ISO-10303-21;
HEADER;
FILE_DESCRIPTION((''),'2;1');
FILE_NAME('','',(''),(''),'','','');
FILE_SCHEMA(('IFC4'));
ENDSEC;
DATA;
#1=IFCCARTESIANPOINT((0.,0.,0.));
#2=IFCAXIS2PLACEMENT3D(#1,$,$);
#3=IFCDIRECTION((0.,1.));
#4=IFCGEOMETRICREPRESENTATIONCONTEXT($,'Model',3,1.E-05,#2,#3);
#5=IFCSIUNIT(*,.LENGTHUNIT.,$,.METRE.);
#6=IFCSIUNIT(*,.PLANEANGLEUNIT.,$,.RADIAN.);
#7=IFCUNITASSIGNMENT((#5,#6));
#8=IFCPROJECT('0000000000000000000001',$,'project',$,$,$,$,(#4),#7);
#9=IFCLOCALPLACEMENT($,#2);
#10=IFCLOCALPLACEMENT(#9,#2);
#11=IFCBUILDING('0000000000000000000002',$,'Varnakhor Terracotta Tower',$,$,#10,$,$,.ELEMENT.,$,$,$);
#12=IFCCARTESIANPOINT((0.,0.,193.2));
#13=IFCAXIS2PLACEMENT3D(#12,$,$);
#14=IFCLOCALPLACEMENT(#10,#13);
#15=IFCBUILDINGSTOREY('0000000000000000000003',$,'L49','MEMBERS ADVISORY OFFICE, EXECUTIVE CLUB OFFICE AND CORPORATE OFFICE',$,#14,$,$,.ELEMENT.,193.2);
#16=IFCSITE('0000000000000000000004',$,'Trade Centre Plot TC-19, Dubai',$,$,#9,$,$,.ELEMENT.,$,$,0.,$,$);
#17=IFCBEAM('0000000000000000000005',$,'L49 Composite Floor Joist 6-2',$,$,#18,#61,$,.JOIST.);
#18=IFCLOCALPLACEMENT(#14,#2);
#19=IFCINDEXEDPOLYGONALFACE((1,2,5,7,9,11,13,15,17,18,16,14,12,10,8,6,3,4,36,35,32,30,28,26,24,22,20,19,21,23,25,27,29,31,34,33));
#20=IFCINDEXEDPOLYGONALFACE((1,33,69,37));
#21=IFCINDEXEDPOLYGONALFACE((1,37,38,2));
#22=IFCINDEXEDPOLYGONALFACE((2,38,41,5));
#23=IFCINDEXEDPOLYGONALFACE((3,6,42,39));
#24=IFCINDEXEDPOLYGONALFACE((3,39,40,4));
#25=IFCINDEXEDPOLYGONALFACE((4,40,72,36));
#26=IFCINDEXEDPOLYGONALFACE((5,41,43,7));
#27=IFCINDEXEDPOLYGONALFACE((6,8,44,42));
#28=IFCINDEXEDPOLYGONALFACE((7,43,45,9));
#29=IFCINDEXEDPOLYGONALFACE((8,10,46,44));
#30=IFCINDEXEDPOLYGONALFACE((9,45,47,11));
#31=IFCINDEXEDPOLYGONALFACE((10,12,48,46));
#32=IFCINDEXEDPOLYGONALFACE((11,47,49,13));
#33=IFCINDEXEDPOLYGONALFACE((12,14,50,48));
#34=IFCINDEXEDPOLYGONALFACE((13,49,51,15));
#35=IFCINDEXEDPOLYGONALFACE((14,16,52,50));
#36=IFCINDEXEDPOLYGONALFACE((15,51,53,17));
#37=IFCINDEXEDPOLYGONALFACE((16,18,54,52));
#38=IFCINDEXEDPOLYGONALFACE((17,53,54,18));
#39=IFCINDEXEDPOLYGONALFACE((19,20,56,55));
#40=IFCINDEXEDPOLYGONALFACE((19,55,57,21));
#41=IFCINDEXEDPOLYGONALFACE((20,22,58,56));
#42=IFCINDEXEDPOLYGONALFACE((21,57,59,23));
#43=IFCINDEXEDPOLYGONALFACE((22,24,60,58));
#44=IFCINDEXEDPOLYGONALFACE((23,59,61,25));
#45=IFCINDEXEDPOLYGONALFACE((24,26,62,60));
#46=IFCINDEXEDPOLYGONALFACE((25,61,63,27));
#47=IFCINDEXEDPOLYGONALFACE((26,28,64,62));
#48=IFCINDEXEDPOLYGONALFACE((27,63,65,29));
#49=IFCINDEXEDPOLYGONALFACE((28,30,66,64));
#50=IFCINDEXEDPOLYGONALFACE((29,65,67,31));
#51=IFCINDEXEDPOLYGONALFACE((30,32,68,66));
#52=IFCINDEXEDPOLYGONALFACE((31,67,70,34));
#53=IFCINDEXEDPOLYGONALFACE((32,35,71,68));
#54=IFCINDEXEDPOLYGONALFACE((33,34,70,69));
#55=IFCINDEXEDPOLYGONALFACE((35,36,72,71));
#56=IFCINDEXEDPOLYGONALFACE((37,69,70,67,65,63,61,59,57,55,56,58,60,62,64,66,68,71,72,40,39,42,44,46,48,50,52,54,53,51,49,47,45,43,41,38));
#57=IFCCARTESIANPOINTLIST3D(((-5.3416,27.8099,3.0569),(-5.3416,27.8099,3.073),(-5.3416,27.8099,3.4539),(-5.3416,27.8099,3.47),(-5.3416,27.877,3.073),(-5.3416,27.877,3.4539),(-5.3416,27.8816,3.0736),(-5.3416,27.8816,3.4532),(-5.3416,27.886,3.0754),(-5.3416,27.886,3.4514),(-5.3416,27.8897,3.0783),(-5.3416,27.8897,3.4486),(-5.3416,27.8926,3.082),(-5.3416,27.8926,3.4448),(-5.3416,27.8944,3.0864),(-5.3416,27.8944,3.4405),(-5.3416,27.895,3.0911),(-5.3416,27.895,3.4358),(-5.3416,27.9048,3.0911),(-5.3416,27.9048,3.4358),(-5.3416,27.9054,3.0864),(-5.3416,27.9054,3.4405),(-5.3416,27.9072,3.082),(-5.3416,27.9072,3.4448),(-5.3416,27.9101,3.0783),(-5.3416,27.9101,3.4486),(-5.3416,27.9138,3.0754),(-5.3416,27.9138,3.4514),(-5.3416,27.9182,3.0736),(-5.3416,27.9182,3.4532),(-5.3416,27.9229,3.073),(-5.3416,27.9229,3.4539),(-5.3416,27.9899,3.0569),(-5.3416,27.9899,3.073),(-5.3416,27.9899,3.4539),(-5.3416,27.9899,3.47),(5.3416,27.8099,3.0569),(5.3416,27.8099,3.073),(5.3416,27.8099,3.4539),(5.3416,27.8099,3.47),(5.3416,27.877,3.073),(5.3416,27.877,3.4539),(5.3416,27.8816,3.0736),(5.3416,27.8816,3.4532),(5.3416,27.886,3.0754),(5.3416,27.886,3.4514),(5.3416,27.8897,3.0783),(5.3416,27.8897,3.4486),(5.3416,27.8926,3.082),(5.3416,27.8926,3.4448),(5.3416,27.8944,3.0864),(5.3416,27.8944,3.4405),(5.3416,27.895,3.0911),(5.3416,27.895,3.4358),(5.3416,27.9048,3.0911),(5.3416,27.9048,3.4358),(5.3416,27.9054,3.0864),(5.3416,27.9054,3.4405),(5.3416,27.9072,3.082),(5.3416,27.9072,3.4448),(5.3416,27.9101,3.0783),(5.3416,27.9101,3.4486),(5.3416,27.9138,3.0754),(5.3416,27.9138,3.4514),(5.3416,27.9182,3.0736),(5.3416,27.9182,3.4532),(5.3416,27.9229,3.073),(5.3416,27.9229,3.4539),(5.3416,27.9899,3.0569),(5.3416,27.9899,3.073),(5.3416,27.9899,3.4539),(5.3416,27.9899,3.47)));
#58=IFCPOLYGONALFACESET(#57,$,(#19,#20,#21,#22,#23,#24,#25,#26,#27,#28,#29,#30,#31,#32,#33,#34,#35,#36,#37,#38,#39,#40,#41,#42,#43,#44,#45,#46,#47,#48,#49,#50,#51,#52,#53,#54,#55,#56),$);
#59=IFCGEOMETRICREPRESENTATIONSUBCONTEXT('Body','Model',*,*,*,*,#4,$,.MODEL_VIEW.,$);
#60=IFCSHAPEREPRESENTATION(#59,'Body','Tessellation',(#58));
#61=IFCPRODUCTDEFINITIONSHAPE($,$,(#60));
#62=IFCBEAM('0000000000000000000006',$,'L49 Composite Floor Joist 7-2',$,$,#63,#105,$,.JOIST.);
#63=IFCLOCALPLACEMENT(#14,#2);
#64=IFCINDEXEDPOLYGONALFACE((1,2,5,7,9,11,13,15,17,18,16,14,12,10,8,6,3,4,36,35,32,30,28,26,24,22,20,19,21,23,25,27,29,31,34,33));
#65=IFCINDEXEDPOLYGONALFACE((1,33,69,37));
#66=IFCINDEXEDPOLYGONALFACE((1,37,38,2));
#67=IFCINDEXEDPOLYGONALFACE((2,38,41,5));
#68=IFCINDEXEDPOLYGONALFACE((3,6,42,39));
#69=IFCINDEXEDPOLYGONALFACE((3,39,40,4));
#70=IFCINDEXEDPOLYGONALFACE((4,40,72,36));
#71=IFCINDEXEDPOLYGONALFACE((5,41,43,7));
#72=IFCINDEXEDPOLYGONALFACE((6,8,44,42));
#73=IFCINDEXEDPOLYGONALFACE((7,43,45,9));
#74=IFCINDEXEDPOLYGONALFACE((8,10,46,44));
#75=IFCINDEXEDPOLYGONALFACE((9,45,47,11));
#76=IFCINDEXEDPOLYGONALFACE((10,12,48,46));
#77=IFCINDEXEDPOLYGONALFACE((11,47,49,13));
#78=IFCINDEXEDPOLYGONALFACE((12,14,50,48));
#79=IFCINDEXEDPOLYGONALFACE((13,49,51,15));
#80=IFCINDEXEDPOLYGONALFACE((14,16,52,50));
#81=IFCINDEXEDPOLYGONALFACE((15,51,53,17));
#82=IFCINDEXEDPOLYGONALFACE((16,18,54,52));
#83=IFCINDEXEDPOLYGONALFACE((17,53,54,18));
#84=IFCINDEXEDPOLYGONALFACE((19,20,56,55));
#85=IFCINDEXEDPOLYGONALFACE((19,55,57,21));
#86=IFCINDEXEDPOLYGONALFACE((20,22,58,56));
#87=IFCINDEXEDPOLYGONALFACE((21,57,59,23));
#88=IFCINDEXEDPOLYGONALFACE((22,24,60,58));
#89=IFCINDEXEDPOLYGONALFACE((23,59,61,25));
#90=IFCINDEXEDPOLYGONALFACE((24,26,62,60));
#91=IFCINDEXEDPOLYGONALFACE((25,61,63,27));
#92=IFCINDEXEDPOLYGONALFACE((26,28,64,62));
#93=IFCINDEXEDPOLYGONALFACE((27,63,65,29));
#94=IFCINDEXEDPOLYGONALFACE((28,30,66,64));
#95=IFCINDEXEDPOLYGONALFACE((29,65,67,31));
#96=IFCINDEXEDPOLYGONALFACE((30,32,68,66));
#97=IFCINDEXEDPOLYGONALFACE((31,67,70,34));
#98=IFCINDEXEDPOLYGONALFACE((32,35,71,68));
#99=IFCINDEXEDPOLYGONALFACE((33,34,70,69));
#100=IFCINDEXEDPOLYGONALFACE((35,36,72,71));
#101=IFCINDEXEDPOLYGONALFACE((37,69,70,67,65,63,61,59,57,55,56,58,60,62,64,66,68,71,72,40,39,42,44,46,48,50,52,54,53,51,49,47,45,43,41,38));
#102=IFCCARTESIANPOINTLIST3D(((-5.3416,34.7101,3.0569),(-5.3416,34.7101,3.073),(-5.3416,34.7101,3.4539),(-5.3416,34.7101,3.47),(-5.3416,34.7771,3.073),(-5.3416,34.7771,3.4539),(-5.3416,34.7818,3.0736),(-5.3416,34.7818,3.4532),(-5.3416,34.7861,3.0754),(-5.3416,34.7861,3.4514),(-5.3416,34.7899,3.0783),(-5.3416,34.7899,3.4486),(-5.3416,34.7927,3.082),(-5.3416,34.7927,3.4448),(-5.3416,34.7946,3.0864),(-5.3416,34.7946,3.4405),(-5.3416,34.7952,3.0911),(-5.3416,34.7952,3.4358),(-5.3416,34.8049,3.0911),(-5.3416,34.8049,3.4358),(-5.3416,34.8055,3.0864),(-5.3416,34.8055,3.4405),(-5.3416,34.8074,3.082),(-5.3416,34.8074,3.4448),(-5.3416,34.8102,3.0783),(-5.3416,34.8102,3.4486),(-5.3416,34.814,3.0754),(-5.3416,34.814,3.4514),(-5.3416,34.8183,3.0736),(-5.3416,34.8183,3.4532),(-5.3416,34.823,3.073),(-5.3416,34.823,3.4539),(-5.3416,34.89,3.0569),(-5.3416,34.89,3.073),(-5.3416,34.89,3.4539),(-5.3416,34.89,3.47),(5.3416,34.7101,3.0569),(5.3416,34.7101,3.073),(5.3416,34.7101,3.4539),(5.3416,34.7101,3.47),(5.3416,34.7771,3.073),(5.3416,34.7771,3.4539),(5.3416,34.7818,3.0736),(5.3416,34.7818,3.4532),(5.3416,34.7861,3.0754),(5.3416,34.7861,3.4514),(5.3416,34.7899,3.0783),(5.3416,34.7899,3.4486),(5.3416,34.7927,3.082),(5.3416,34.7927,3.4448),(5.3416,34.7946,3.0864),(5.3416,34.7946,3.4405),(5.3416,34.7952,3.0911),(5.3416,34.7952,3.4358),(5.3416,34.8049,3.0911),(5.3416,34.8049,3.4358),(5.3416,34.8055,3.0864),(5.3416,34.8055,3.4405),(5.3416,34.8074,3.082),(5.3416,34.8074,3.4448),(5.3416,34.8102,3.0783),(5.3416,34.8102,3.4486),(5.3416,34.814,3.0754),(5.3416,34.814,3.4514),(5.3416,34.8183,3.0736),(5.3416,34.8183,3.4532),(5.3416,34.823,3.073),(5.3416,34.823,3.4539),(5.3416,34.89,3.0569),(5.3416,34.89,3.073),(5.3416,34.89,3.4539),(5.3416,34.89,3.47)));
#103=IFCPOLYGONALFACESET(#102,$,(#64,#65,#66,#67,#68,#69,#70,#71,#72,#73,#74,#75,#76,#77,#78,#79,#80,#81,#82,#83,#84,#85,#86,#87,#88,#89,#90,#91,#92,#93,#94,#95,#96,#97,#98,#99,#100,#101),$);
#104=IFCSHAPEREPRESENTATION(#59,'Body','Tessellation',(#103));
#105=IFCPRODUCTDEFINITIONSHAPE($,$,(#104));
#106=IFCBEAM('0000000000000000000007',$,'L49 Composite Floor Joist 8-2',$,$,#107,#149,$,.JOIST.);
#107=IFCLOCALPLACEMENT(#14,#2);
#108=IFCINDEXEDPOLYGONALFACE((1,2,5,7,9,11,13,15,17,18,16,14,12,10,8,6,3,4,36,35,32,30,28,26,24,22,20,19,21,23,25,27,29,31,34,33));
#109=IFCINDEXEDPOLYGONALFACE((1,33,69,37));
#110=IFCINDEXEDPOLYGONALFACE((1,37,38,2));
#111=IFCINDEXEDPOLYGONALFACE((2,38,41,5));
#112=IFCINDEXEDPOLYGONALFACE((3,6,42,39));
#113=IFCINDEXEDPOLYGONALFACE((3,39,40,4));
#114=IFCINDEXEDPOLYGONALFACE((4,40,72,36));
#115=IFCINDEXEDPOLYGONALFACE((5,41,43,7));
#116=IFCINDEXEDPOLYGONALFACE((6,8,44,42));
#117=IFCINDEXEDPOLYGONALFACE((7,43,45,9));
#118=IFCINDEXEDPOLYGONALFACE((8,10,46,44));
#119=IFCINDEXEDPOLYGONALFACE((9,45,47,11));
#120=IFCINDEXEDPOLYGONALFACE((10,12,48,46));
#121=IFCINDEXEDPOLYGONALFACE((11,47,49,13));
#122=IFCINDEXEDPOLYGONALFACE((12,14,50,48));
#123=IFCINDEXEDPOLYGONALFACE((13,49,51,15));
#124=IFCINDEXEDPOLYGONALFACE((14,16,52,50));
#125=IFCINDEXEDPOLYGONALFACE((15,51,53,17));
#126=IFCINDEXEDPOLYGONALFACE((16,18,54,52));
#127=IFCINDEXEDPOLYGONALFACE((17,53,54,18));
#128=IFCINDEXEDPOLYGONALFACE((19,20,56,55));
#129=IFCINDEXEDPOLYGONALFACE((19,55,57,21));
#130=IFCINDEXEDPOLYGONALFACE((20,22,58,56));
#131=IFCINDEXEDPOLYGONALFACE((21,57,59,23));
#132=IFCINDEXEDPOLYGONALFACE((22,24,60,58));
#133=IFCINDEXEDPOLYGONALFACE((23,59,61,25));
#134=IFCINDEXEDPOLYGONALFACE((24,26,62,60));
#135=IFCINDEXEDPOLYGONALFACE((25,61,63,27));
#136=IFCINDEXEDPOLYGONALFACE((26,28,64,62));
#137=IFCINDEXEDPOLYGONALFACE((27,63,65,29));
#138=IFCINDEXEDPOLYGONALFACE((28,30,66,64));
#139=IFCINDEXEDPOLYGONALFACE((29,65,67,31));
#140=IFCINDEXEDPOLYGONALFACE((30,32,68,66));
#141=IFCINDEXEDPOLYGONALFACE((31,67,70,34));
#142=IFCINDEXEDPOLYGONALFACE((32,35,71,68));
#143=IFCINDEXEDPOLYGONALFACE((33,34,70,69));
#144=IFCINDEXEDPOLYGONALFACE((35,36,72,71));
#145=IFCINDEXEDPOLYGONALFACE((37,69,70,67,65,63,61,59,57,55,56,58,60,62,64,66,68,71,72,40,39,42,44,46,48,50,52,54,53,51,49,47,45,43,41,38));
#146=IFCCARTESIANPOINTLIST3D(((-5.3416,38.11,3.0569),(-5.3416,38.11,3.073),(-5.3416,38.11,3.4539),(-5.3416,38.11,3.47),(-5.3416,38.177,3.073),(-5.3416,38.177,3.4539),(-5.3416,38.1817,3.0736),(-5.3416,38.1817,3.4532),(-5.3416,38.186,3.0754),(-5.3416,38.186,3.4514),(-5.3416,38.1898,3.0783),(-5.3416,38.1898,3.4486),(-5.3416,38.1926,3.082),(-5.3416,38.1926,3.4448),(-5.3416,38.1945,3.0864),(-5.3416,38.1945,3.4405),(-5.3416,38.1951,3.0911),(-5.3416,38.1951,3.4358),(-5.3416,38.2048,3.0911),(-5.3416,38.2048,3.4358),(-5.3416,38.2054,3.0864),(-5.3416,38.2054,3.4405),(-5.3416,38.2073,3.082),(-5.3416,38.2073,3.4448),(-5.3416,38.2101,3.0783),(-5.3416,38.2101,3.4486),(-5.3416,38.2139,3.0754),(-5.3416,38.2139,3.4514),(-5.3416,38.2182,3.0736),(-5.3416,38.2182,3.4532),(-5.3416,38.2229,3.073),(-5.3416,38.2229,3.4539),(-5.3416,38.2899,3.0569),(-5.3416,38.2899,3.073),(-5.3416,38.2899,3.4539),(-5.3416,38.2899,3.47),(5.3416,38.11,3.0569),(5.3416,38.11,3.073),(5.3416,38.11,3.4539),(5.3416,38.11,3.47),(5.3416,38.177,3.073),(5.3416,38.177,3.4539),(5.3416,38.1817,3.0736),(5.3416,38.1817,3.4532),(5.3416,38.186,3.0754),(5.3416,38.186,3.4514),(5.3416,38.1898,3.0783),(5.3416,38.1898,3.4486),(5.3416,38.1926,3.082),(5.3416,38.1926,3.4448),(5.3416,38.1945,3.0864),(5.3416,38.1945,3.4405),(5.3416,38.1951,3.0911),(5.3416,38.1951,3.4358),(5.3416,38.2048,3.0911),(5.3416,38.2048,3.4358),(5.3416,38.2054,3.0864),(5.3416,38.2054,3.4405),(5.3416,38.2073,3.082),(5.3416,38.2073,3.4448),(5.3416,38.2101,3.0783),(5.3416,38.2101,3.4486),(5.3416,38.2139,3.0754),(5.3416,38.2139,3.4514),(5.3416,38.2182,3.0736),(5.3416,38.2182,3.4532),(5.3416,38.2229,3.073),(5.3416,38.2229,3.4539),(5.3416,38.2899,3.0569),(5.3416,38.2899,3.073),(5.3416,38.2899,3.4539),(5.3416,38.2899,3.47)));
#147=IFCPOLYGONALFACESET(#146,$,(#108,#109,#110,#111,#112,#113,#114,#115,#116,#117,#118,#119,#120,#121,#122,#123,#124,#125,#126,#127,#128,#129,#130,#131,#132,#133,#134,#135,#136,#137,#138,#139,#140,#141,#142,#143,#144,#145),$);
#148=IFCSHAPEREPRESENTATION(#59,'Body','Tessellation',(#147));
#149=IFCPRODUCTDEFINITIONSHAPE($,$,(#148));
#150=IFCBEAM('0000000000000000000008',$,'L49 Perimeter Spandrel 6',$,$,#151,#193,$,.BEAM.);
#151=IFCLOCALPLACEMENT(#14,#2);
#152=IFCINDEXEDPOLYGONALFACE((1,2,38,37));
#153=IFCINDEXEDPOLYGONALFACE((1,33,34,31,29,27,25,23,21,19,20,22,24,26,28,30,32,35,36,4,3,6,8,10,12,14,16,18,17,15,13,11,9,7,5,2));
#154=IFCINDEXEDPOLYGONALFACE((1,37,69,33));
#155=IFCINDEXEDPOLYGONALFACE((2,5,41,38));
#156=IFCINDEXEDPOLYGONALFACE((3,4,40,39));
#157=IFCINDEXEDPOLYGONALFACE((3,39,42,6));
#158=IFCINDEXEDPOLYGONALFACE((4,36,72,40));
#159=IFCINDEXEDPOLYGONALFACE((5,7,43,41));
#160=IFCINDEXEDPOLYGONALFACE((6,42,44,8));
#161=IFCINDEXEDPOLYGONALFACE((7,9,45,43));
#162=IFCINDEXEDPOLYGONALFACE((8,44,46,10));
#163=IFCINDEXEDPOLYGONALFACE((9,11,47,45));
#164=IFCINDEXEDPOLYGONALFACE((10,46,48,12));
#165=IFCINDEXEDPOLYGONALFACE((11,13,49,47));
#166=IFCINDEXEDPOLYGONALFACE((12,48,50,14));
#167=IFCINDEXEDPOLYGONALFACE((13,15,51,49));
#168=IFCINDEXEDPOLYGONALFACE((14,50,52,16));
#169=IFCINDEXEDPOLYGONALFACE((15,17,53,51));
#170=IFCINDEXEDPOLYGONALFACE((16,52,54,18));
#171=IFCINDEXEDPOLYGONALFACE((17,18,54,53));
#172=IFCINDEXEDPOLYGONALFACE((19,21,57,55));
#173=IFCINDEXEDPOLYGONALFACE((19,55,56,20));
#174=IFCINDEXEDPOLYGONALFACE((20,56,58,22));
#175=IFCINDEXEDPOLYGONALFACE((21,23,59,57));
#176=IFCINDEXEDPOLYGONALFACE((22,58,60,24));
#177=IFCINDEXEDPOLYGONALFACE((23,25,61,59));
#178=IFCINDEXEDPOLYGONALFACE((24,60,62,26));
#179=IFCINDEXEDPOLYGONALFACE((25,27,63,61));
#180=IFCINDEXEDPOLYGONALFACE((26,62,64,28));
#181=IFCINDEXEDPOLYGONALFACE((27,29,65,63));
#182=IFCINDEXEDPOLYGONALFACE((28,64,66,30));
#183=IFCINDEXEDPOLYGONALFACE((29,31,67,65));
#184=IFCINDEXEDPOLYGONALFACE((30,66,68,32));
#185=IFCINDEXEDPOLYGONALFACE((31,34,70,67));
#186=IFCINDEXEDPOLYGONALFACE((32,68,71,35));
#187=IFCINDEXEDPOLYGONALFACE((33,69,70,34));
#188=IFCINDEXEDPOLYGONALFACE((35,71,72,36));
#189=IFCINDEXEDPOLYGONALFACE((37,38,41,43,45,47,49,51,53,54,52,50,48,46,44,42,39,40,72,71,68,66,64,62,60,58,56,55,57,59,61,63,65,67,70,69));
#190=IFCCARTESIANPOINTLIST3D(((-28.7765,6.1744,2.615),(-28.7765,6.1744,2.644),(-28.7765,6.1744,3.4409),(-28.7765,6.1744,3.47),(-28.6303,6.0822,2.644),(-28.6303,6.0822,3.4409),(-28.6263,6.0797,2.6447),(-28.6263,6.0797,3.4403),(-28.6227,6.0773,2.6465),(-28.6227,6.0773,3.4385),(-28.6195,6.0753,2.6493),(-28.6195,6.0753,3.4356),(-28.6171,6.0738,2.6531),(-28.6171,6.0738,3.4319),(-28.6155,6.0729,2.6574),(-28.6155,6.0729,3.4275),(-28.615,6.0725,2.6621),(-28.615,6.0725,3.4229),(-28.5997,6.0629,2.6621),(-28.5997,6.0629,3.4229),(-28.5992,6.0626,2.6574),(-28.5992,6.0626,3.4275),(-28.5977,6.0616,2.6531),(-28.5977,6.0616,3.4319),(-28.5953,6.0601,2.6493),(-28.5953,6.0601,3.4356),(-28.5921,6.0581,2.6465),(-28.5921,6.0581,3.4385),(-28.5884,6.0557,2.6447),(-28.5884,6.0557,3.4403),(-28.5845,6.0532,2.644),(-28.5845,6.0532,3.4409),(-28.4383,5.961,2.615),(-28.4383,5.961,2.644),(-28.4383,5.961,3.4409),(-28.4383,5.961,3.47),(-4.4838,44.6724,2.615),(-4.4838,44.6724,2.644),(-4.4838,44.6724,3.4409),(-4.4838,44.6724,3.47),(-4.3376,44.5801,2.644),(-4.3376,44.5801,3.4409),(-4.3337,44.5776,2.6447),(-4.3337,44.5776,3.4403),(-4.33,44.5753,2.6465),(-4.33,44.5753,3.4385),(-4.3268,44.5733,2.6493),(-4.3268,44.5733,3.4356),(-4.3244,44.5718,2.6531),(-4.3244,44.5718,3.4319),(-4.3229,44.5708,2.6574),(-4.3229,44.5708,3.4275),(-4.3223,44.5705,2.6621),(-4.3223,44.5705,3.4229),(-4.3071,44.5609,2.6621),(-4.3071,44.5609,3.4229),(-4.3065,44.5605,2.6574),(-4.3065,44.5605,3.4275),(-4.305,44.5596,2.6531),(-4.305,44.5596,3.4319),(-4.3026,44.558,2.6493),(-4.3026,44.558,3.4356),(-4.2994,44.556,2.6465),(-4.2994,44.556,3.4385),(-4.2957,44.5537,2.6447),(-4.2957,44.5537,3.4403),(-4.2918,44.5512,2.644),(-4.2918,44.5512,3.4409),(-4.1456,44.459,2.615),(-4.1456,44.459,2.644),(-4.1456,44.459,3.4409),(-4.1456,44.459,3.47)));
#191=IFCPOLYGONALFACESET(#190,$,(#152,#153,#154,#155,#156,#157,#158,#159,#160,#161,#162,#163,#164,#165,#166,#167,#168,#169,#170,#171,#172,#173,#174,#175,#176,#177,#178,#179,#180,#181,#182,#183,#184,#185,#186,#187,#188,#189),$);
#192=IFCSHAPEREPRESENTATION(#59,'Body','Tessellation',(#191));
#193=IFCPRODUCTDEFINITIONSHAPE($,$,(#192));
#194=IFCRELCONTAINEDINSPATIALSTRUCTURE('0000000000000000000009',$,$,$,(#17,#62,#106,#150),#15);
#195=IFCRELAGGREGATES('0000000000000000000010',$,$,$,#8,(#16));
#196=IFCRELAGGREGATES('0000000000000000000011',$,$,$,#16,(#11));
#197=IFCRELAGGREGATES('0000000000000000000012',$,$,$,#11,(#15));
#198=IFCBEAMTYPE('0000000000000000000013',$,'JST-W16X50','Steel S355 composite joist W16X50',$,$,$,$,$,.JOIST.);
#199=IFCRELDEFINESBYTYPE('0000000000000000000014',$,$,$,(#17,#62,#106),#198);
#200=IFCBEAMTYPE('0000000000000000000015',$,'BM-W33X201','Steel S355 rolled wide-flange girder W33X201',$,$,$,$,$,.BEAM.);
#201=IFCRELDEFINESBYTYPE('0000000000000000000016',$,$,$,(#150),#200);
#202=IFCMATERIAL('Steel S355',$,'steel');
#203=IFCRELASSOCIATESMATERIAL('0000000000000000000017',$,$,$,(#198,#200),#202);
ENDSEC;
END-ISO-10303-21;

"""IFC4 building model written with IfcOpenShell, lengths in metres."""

from ifc_helpers import new_model, si_unit, direction, frame, origin, origin_2d, place, context, subcontext, project, spatial, i_section, extrude, source, transform, mapped, material, material_profile, profile_set, type_object, element, save


model = new_model("IFC4")

# Units and contexts
model_context = context("Model", 3, precision=1e-05, world=origin(), true_north=direction((0.0, 1.0)))
body_context = subcontext(model_context, "Body", "Model", "MODEL_VIEW")
ifc_project = project(units=[si_unit("LENGTHUNIT", "METRE"), si_unit("PLANEANGLEUNIT", "RADIAN")], contexts=[model_context])

# Site, building, storey
site_placement = place(None, origin())
site = spatial("IfcSite", under=ifc_project, at=site_placement, Name="Trade Centre Plot TC-19, Dubai", CompositionType="ELEMENT", RefElevation=0.0)
building_placement = place(site_placement, origin())
building = spatial("IfcBuilding", under=site, at=building_placement, Name="Varnakhor Terracotta Tower", CompositionType="ELEMENT")
storey_placement = place(building_placement, frame((0.0, 0.0, 193.2)))
storey = spatial("IfcBuildingStorey", under=building, at=storey_placement, Name="L49", Description="MEMBERS ADVISORY OFFICE, EXECUTIVE CLUB OFFICE AND CORPORATE OFFICE", CompositionType="ELEMENT", Elevation=193.2)

# Beams
ifc_material_1 = material(Name="Steel S355", Category="steel")
ifc_material_profile_1 = material_profile(ifc_material_1, i_section(OverallWidth=0.1799, OverallDepth=0.4131, WebThickness=0.0098, FlangeThickness=0.0161, FilletRadius=0.0181, at=origin_2d()), Name="W16X50")
ifc_profile_set_1 = profile_set([ifc_material_profile_1], Name="Steel S355")
beam_type_1 = type_object("IfcBeamType", Name="JST-W16X50", Description="Steel S355 composite joist W16X50", PredefinedType="JOIST", material=ifc_profile_set_1)
shared_shape_1 = source(origin(), body_context, "Body", "SweptSolid", [
    extrude(i_section(OverallWidth=0.1799, OverallDepth=0.4131, WebThickness=0.0098, FlangeThickness=0.0161, FilletRadius=0.0181, at=origin_2d()), origin(), (0.0, 0.0, 1.0), 10.6831),
])
for number, where, z_axis, x_axis, name in (
    (1, (-5.3416, 27.8999, 3.2634), (1.0, 0.0, 0.0), (0.0, 1.0, 0.0), "L49 Composite Floor Joist 6-2"),
    (2, (-5.3416, 34.8, 3.2634), (1.0, 0.0, 0.0), (0.0, 1.0, 0.0), "L49 Composite Floor Joist 7-2"),
    (3, (-5.3416, 38.2, 3.2634), (1.0, 0.0, 0.0), (0.0, 1.0, 0.0), "L49 Composite Floor Joist 8-2"),
):
    element("IfcBeam", number, at=place(storey_placement, frame(where, z_axis=z_axis, x_axis=x_axis)), inside=storey, type_object=beam_type_1, Name=name, PredefinedType="JOIST", context=body_context, shape_type="MappedRepresentation", body=[
        mapped(shared_shape_1, transform((0.0, 0.0, 0.0), scale=1.0)),
    ])
ifc_material_profile_2 = material_profile(ifc_material_1, i_section(OverallWidth=0.3999, OverallDepth=0.855, WebThickness=0.0181, FlangeThickness=0.0291, FilletRadius=0.0181, at=origin_2d()), Name="W33X201")
ifc_profile_set_2 = profile_set([ifc_material_profile_2], Name="Steel S355")
beam_type_2 = type_object("IfcBeamType", Name="BM-W33X201", Description="Steel S355 rolled wide-flange girder W33X201", PredefinedType="BEAM", material=ifc_profile_set_2)
shared_shape_2 = source(origin(), body_context, "Body", "SweptSolid", [
    extrude(i_section(OverallWidth=0.3999, OverallDepth=0.855, WebThickness=0.0181, FlangeThickness=0.0291, FilletRadius=0.0181, at=origin_2d()), origin(), (0.0, 0.0, 1.0), 45.5217),
])
beam_1_placement = place(storey_placement, frame((-4.3147, 44.5657, 3.0425), z_axis=(-0.53365, -0.845705, 0.0), x_axis=(0.845705, -0.53365, 0.0)))
element("IfcBeam", 4, at=beam_1_placement, inside=storey, type_object=beam_type_2, Name="L49 Perimeter Spandrel 6", PredefinedType="BEAM", context=body_context, shape_type="MappedRepresentation", body=[
    mapped(shared_shape_2, transform((0.0, 0.0, 0.0), scale=1.0)),
])

save(model, "model.ifc")
